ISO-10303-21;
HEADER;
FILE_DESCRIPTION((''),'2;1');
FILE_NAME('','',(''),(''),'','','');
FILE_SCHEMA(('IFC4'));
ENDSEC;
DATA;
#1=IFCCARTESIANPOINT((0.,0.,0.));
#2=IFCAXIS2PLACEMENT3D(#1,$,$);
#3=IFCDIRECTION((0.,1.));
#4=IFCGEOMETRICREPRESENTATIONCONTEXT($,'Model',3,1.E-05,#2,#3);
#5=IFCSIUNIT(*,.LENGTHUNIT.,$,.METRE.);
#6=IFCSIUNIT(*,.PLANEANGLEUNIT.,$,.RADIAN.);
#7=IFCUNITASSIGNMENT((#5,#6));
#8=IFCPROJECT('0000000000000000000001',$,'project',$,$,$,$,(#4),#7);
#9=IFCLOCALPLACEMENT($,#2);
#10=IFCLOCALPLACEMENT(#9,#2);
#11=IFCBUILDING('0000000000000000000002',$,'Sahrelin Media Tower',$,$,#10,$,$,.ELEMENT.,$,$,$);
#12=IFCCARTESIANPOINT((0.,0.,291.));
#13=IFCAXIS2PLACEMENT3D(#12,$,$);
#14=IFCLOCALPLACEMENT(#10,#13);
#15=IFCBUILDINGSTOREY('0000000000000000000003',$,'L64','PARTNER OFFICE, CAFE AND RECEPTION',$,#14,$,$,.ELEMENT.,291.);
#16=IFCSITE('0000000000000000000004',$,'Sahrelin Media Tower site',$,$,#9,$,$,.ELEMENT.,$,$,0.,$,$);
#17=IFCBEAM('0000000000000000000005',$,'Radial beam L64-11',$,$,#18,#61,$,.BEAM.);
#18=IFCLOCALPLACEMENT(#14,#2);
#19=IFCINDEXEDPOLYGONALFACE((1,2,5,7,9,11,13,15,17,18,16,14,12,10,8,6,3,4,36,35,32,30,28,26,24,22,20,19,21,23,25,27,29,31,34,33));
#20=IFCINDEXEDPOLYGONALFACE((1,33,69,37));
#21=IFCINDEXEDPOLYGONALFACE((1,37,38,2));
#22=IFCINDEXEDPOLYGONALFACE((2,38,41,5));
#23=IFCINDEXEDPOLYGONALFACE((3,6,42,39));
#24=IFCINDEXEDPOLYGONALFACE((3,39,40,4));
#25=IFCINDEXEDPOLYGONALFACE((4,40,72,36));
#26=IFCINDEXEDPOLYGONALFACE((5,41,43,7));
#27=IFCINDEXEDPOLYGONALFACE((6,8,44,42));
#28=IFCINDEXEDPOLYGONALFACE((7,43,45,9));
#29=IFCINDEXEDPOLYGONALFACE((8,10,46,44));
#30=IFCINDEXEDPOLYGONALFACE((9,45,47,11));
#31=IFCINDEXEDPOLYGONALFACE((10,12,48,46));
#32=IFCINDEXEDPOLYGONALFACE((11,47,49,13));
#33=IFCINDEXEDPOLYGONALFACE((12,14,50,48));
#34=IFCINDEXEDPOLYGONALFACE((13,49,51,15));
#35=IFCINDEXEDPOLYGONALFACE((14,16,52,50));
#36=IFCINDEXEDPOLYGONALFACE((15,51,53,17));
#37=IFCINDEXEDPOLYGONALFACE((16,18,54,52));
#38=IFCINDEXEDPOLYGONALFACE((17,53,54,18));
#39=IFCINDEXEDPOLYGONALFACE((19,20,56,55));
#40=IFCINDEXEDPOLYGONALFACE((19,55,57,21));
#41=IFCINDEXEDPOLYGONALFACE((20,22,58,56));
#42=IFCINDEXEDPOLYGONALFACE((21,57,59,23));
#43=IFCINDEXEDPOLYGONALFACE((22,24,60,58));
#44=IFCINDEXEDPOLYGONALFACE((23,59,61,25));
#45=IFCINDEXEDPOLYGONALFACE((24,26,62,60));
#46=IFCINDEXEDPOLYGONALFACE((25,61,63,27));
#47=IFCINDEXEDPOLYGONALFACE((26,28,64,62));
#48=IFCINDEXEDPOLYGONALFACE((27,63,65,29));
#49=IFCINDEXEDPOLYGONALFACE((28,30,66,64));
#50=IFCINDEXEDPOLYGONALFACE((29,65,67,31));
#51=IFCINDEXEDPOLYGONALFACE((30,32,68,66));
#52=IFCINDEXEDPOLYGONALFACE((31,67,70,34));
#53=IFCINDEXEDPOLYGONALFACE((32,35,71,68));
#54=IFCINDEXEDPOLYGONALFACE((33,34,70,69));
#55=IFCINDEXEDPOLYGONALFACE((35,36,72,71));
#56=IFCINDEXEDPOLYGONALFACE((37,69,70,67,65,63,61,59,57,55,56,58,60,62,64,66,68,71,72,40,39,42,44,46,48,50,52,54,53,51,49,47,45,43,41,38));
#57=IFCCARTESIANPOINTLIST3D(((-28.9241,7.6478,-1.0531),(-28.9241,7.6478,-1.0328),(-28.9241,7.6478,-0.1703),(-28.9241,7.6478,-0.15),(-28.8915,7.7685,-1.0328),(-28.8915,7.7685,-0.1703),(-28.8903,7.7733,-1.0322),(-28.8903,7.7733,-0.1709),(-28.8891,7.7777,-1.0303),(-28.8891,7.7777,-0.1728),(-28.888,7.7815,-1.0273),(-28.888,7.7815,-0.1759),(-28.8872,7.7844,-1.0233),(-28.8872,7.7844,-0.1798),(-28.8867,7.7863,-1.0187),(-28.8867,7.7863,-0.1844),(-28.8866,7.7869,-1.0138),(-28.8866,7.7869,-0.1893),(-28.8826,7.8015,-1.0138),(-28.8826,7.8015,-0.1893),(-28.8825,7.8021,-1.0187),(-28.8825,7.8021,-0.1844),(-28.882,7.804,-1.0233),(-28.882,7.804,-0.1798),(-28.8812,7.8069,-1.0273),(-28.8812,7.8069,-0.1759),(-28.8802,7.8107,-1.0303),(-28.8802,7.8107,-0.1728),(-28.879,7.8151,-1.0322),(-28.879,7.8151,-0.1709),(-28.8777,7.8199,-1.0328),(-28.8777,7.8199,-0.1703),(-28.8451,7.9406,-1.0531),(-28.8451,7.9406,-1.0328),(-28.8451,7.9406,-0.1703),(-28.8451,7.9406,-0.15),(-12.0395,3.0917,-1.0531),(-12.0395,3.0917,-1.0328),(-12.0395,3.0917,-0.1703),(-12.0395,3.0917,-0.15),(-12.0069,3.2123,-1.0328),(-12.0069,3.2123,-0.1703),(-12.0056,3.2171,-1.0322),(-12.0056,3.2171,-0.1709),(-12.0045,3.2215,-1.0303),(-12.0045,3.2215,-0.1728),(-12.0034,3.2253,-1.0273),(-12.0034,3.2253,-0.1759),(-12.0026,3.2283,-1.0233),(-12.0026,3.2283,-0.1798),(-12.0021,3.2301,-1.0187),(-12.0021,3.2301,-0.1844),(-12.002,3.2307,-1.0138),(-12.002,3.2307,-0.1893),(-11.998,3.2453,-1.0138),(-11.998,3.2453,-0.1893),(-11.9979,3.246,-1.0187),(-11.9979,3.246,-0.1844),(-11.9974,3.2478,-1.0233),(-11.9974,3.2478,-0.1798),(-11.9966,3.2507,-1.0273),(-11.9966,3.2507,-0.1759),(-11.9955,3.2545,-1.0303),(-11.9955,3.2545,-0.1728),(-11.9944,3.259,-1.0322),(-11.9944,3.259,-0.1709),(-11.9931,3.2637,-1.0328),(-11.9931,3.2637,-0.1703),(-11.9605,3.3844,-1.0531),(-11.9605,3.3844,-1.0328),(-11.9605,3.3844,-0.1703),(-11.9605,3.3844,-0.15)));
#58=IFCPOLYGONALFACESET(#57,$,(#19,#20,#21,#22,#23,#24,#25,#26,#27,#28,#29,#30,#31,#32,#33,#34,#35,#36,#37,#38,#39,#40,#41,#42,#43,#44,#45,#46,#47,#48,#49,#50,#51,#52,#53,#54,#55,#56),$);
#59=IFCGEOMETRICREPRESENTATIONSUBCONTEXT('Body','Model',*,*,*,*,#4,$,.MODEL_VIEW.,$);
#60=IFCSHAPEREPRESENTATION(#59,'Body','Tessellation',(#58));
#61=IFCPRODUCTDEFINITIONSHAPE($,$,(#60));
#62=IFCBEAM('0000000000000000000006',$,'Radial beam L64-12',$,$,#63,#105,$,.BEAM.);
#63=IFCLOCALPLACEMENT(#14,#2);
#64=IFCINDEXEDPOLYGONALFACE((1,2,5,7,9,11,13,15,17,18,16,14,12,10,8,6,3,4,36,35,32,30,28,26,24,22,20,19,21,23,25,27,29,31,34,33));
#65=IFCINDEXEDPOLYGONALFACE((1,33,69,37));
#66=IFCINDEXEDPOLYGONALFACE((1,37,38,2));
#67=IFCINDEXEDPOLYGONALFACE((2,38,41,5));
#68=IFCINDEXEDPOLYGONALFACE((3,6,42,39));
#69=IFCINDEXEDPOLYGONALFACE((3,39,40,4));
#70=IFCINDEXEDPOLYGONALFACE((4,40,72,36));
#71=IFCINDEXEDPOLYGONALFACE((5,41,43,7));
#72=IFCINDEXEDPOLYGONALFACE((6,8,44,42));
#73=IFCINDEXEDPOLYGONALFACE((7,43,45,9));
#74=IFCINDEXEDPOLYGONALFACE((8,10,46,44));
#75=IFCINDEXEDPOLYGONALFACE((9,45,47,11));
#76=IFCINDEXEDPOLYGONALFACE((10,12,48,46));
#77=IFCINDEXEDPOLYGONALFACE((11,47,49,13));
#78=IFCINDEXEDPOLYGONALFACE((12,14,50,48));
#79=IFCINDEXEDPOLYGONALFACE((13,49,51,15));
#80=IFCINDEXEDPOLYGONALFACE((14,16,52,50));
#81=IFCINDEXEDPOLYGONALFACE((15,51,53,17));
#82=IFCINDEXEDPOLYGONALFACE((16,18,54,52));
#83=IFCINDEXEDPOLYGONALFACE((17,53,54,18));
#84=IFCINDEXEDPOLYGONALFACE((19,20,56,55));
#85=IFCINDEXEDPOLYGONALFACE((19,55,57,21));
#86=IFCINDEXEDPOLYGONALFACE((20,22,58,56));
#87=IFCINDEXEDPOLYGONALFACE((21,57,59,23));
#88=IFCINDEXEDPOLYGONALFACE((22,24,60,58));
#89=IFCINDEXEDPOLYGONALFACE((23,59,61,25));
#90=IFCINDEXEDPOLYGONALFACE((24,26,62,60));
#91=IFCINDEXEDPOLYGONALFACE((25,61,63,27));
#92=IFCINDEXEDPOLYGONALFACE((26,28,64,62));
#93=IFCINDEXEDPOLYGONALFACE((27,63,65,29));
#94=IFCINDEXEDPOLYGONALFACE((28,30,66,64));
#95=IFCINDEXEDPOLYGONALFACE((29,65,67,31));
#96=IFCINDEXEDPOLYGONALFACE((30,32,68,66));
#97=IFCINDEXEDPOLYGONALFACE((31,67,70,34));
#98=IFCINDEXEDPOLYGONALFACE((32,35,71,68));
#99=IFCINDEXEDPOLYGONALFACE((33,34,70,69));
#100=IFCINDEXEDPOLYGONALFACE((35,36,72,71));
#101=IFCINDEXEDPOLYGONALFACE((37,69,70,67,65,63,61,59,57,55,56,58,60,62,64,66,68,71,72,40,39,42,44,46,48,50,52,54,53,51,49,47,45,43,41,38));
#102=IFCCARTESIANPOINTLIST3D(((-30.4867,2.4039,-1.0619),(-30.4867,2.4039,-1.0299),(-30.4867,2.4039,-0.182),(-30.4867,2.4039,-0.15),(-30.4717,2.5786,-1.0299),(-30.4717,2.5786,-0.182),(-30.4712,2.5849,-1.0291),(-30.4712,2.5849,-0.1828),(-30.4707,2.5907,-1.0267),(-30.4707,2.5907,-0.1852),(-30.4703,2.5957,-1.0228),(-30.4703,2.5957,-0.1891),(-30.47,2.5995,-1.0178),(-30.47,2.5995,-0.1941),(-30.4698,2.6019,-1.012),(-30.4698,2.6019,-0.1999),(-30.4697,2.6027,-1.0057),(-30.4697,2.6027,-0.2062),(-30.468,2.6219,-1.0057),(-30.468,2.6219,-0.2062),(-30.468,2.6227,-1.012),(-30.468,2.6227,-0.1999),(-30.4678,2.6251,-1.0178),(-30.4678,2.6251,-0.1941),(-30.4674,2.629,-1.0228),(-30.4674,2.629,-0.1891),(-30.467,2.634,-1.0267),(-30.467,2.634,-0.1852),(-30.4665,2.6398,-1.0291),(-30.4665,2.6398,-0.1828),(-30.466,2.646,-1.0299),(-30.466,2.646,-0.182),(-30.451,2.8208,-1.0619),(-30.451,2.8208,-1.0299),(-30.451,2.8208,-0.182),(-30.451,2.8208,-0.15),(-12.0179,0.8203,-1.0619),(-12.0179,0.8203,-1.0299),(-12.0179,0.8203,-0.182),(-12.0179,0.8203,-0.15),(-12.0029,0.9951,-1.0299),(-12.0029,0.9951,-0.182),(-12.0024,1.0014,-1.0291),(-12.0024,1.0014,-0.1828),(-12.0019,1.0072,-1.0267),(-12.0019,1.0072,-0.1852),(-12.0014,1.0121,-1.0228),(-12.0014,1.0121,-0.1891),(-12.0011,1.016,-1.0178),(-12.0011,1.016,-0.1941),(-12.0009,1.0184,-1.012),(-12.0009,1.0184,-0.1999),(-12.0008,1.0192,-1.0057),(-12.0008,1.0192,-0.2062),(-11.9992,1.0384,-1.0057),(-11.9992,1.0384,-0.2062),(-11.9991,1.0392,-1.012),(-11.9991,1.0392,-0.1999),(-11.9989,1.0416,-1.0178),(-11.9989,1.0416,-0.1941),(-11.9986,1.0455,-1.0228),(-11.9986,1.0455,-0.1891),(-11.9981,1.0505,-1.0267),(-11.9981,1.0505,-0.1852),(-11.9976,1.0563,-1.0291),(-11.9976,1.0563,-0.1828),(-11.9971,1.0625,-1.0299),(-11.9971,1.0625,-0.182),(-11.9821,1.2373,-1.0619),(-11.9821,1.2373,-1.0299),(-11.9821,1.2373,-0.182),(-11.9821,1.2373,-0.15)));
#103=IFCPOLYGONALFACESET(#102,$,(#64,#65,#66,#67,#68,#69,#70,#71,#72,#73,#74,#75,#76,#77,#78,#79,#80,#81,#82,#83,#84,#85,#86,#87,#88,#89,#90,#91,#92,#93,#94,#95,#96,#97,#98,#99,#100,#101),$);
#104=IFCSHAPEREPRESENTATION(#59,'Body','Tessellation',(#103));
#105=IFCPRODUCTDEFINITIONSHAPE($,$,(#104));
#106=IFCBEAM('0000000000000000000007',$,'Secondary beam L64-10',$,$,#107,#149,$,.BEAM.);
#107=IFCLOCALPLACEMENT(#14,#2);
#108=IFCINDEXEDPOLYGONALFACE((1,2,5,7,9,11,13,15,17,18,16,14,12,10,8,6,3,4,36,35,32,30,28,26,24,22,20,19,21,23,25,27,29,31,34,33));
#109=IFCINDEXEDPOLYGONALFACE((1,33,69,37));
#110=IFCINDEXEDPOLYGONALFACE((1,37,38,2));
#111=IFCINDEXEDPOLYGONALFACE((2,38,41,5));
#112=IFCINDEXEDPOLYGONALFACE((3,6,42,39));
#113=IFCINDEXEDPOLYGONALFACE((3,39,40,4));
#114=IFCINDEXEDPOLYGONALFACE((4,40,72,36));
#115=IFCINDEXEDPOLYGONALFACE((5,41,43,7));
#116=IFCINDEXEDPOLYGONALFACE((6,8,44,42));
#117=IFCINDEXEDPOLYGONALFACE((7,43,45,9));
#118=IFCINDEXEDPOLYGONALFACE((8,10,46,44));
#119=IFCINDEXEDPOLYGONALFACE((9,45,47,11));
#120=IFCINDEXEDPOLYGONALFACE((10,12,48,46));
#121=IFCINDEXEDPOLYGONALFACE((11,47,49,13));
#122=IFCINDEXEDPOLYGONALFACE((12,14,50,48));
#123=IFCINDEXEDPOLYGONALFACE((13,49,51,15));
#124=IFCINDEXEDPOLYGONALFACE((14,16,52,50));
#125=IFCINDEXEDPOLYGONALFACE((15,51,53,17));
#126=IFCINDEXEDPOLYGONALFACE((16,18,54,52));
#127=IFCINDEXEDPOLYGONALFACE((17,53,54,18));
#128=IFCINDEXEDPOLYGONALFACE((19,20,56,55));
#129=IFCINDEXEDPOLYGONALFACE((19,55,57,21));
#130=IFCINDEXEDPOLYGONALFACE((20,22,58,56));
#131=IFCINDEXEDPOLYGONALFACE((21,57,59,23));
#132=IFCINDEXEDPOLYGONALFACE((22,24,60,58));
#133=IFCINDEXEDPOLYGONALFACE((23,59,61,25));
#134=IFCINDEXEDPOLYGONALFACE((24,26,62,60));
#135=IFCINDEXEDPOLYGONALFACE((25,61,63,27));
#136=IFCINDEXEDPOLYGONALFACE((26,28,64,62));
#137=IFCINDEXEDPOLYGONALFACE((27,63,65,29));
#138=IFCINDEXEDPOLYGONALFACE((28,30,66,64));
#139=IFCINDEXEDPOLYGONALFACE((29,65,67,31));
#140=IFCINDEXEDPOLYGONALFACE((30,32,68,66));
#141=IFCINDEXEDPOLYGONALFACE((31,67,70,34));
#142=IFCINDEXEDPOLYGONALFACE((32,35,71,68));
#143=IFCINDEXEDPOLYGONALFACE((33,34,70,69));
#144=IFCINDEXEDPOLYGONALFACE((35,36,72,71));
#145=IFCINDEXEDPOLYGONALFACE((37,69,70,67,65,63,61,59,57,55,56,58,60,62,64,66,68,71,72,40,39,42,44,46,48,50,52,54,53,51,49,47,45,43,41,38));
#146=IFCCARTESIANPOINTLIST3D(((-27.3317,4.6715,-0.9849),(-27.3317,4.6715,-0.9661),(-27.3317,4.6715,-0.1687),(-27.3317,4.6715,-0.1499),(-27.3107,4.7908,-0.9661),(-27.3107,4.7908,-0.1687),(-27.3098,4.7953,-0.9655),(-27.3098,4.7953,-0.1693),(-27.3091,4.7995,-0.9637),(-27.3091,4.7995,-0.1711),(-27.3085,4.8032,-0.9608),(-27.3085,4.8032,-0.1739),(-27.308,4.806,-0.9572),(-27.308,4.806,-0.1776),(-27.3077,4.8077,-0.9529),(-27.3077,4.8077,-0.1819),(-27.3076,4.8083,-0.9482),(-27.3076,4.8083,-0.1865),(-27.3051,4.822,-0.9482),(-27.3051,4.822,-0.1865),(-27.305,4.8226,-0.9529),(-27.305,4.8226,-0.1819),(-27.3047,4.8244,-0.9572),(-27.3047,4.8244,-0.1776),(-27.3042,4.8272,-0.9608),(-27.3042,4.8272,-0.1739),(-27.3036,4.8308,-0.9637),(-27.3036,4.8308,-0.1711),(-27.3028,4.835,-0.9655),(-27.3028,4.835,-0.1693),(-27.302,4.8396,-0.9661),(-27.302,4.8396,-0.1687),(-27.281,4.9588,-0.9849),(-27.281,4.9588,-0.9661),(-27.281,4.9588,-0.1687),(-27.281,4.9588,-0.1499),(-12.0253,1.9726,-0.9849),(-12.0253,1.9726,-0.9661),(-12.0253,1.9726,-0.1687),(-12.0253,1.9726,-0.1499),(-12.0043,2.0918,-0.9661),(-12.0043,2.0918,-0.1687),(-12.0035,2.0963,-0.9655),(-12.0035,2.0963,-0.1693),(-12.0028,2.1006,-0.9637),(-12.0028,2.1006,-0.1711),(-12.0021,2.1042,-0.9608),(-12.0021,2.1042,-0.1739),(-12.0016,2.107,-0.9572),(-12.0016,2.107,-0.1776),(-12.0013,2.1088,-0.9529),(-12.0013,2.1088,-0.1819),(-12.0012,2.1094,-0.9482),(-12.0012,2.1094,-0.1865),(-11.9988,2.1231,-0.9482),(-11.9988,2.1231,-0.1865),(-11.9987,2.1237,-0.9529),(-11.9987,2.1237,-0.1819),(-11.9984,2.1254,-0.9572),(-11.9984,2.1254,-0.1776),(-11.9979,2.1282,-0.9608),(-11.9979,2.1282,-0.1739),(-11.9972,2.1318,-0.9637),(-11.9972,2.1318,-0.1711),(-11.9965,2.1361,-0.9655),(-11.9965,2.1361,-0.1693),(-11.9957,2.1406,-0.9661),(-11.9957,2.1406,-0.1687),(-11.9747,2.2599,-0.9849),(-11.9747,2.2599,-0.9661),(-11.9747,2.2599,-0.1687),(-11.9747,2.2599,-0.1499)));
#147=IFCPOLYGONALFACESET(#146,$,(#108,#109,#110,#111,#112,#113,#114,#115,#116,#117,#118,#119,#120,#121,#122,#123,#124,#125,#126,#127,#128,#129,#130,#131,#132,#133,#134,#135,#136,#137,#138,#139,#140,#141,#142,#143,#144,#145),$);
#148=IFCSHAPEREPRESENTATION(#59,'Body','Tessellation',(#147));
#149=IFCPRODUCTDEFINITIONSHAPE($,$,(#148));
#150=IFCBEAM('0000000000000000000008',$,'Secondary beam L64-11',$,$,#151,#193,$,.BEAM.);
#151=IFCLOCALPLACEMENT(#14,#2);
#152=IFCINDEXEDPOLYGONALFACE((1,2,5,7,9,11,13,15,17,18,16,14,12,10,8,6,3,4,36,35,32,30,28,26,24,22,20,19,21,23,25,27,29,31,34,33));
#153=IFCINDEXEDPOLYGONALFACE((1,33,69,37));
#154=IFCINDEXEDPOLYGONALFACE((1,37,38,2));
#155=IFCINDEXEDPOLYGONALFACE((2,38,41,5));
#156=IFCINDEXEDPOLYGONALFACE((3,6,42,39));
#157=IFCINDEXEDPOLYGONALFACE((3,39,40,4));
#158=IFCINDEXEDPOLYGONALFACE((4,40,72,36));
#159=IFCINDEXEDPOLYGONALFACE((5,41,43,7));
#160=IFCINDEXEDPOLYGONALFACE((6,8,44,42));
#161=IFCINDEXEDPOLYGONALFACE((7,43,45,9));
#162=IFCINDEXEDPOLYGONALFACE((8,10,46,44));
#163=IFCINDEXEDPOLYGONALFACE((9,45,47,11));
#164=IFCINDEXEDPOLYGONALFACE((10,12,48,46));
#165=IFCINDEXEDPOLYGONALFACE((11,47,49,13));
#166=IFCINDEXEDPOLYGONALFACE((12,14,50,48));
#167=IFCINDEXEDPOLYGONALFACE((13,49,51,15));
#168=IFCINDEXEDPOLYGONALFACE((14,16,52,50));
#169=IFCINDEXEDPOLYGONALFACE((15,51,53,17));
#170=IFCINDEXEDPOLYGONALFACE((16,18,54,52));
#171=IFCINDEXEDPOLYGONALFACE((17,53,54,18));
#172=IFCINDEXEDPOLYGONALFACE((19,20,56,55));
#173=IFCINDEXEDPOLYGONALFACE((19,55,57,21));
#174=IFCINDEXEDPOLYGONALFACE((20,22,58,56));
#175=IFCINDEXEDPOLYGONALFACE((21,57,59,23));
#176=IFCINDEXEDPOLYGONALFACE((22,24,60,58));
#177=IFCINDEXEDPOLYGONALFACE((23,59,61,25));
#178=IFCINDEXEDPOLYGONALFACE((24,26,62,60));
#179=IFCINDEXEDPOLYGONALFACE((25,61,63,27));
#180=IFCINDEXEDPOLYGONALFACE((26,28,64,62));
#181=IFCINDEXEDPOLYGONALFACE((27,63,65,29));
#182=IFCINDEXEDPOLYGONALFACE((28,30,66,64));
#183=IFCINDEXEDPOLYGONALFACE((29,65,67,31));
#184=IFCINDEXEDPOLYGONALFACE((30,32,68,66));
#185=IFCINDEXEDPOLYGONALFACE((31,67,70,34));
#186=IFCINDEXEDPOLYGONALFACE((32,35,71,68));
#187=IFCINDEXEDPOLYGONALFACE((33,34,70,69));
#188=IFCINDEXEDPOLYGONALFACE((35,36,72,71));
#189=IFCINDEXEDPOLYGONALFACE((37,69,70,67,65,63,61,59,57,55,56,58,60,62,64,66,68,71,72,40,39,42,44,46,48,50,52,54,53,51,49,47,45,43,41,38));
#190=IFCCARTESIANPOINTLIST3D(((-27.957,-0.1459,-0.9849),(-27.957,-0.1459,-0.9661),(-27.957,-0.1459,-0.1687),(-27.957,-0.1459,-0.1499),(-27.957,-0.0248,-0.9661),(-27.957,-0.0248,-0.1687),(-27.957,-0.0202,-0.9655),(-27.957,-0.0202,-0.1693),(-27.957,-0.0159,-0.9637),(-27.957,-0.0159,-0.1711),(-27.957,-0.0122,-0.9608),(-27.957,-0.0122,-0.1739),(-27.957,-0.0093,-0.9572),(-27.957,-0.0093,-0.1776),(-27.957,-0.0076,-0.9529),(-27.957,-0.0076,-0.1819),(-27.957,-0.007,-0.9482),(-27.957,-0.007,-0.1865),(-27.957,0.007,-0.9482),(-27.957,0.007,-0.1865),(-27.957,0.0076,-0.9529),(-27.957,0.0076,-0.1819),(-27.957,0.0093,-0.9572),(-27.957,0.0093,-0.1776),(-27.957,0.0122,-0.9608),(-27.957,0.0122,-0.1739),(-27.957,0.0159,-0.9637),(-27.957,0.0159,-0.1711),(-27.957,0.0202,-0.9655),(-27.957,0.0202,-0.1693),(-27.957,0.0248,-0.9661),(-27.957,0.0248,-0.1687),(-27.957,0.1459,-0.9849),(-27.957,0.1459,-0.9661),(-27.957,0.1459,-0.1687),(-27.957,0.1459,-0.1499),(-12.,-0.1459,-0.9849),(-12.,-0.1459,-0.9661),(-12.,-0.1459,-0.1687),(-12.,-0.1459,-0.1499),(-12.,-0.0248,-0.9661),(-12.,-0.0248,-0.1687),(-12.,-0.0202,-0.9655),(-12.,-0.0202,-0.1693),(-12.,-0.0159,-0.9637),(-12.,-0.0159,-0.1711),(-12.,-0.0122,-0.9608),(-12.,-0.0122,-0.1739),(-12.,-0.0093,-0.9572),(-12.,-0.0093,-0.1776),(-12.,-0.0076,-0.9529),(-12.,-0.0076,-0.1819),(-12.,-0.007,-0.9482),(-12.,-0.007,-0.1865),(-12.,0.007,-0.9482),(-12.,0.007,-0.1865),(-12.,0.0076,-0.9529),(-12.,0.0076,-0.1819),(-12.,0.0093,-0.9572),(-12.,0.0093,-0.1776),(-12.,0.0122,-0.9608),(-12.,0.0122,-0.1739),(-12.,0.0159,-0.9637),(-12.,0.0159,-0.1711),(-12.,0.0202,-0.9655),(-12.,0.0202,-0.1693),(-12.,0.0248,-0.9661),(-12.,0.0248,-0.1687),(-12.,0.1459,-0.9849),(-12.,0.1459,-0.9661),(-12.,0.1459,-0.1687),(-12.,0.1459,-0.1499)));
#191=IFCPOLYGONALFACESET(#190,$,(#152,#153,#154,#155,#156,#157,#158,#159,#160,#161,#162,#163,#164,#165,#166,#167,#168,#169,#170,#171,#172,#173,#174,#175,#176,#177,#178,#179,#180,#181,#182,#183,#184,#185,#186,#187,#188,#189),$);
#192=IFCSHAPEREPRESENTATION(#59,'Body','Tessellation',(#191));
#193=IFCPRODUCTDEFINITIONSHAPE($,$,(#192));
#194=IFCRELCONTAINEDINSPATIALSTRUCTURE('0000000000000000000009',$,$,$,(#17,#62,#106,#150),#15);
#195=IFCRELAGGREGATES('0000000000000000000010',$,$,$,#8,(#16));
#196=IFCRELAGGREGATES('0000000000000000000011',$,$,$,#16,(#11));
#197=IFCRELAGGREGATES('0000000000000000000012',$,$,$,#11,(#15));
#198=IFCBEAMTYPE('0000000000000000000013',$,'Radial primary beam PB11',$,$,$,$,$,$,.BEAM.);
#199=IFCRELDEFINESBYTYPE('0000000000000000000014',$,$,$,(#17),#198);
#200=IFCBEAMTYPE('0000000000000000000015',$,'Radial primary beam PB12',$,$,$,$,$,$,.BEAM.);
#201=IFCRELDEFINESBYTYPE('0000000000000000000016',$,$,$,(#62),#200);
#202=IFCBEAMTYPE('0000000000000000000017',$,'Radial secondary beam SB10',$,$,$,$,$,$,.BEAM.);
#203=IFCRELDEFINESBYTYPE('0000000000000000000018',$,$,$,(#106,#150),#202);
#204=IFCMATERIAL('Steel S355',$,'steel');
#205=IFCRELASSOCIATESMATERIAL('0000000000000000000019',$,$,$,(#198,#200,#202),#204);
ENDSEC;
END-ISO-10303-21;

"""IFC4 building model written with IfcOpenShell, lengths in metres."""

from ifc_helpers import new_model, si_unit, direction, frame, origin, origin_2d, place, context, subcontext, project, spatial, i_section, extrude, material, material_profile, profile_set, type_object, element, save


model = new_model("IFC4")

# Units and contexts
model_context = context("Model", 3, precision=1e-05, world=origin(), true_north=direction((0.0, 1.0)))
body_context = subcontext(model_context, "Body", "Model", "MODEL_VIEW")
ifc_project = project(units=[si_unit("LENGTHUNIT", "METRE"), si_unit("PLANEANGLEUNIT", "RADIAN")], contexts=[model_context])

# Site, building, storey
site_placement = place(None, origin())
site = spatial("IfcSite", under=ifc_project, at=site_placement, Name="Sahrelin Media Tower site", CompositionType="ELEMENT", RefElevation=0.0)
building_placement = place(site_placement, origin())
building = spatial("IfcBuilding", under=site, at=building_placement, Name="Sahrelin Media Tower", CompositionType="ELEMENT")
storey_placement = place(building_placement, frame((0.0, 0.0, 291.0)))
storey = spatial("IfcBuildingStorey", under=building, at=storey_placement, Name="L64", Description="PARTNER OFFICE, CAFE AND RECEPTION", CompositionType="ELEMENT", Elevation=291.0)

# Beams
ifc_material_1 = material(Name="Steel S355", Category="steel")
ifc_material_profile_1 = material_profile(ifc_material_1, i_section(OverallWidth=0.3032, OverallDepth=0.9031, WebThickness=0.0151, FlangeThickness=0.0203, FilletRadius=0.019, at=origin_2d()), Name="UB 914x305x201")
ifc_profile_set_1 = profile_set([ifc_material_profile_1], Name="Steel S355")
beam_type_1 = type_object("IfcBeamType", Name="Radial primary beam PB11", PredefinedType="BEAM", material=ifc_profile_set_1)
beam_1_placement = place(storey_placement, frame((-12.0, 3.238, -0.6016), z_axis=(-0.965467, 0.260524, 0.0), x_axis=(-0.260524, -0.965467, 0.0)))
element("IfcBeam", 1, at=beam_1_placement, inside=storey, type_object=beam_type_1, Name="Radial beam L64-11", PredefinedType="BEAM", context=body_context, shape_type="SweptSolid", body=[
    extrude(i_section(OverallWidth=0.3032, OverallDepth=0.9031, WebThickness=0.0151, FlangeThickness=0.0203, FilletRadius=0.019, at=origin_2d()), origin(), (0.0, 0.0, 1.0), 17.4885),
])
ifc_material_profile_2 = material_profile(ifc_material_1, i_section(OverallWidth=0.4185, OverallDepth=0.9119, WebThickness=0.0193, FlangeThickness=0.032, FilletRadius=0.0242, at=origin_2d()), Name="UB 914x419x343")
ifc_profile_set_2 = profile_set([ifc_material_profile_2], Name="Steel S355")
beam_type_2 = type_object("IfcBeamType", Name="Radial primary beam PB12", PredefinedType="BEAM", material=ifc_profile_set_2)
beam_2_placement = place(storey_placement, frame((-12.0, 1.0288, -0.606), z_axis=(-0.996345, 0.085426, 0.0), x_axis=(-0.085426, -0.996345, 0.0)))
element("IfcBeam", 2, at=beam_2_placement, inside=storey, type_object=beam_type_2, Name="Radial beam L64-12", PredefinedType="BEAM", context=body_context, shape_type="SweptSolid", body=[
    extrude(i_section(OverallWidth=0.4185, OverallDepth=0.9119, WebThickness=0.0193, FlangeThickness=0.032, FilletRadius=0.0242, at=origin_2d()), origin(), (0.0, 0.0, 1.0), 18.5366),
])
ifc_material_profile_3 = material_profile(ifc_material_1, i_section(OverallWidth=0.2917, OverallDepth=0.835, WebThickness=0.0139, FlangeThickness=0.0188, FilletRadius=0.0178, at=origin_2d()), Name="UB 838x292x176")
ifc_profile_set_3 = profile_set([ifc_material_profile_3], Name="Steel S355")
beam_type_3 = type_object("IfcBeamType", Name="Radial secondary beam SB10", PredefinedType="BEAM", material=ifc_profile_set_3)
beam_3_placement = place(storey_placement, frame((-12.0, 2.1162, -0.5674), z_axis=(-0.984807, 0.173651, 0.0), x_axis=(-0.173651, -0.984807, 0.0)))
element("IfcBeam", 3, at=beam_3_placement, inside=storey, type_object=beam_type_3, Name="Secondary beam L64-10", PredefinedType="BEAM", context=body_context, shape_type="SweptSolid", body=[
    extrude(i_section(OverallWidth=0.2917, OverallDepth=0.835, WebThickness=0.0139, FlangeThickness=0.0188, FilletRadius=0.0178, at=origin_2d()), origin(), (0.0, 0.0, 1.0), 15.5425),
])
beam_4_placement = place(storey_placement, frame((-12.0, 0.0, -0.5674), z_axis=(-1.0, 0.0, 0.0), x_axis=(0.0, -1.0, 0.0)))
element("IfcBeam", 4, at=beam_4_placement, inside=storey, type_object=beam_type_3, Name="Secondary beam L64-11", PredefinedType="BEAM", context=body_context, shape_type="SweptSolid", body=[
    extrude(i_section(OverallWidth=0.2917, OverallDepth=0.835, WebThickness=0.0139, FlangeThickness=0.0188, FilletRadius=0.0178, at=origin_2d()), origin(), (0.0, 0.0, 1.0), 15.957),
])

save(model, "model.ifc")
